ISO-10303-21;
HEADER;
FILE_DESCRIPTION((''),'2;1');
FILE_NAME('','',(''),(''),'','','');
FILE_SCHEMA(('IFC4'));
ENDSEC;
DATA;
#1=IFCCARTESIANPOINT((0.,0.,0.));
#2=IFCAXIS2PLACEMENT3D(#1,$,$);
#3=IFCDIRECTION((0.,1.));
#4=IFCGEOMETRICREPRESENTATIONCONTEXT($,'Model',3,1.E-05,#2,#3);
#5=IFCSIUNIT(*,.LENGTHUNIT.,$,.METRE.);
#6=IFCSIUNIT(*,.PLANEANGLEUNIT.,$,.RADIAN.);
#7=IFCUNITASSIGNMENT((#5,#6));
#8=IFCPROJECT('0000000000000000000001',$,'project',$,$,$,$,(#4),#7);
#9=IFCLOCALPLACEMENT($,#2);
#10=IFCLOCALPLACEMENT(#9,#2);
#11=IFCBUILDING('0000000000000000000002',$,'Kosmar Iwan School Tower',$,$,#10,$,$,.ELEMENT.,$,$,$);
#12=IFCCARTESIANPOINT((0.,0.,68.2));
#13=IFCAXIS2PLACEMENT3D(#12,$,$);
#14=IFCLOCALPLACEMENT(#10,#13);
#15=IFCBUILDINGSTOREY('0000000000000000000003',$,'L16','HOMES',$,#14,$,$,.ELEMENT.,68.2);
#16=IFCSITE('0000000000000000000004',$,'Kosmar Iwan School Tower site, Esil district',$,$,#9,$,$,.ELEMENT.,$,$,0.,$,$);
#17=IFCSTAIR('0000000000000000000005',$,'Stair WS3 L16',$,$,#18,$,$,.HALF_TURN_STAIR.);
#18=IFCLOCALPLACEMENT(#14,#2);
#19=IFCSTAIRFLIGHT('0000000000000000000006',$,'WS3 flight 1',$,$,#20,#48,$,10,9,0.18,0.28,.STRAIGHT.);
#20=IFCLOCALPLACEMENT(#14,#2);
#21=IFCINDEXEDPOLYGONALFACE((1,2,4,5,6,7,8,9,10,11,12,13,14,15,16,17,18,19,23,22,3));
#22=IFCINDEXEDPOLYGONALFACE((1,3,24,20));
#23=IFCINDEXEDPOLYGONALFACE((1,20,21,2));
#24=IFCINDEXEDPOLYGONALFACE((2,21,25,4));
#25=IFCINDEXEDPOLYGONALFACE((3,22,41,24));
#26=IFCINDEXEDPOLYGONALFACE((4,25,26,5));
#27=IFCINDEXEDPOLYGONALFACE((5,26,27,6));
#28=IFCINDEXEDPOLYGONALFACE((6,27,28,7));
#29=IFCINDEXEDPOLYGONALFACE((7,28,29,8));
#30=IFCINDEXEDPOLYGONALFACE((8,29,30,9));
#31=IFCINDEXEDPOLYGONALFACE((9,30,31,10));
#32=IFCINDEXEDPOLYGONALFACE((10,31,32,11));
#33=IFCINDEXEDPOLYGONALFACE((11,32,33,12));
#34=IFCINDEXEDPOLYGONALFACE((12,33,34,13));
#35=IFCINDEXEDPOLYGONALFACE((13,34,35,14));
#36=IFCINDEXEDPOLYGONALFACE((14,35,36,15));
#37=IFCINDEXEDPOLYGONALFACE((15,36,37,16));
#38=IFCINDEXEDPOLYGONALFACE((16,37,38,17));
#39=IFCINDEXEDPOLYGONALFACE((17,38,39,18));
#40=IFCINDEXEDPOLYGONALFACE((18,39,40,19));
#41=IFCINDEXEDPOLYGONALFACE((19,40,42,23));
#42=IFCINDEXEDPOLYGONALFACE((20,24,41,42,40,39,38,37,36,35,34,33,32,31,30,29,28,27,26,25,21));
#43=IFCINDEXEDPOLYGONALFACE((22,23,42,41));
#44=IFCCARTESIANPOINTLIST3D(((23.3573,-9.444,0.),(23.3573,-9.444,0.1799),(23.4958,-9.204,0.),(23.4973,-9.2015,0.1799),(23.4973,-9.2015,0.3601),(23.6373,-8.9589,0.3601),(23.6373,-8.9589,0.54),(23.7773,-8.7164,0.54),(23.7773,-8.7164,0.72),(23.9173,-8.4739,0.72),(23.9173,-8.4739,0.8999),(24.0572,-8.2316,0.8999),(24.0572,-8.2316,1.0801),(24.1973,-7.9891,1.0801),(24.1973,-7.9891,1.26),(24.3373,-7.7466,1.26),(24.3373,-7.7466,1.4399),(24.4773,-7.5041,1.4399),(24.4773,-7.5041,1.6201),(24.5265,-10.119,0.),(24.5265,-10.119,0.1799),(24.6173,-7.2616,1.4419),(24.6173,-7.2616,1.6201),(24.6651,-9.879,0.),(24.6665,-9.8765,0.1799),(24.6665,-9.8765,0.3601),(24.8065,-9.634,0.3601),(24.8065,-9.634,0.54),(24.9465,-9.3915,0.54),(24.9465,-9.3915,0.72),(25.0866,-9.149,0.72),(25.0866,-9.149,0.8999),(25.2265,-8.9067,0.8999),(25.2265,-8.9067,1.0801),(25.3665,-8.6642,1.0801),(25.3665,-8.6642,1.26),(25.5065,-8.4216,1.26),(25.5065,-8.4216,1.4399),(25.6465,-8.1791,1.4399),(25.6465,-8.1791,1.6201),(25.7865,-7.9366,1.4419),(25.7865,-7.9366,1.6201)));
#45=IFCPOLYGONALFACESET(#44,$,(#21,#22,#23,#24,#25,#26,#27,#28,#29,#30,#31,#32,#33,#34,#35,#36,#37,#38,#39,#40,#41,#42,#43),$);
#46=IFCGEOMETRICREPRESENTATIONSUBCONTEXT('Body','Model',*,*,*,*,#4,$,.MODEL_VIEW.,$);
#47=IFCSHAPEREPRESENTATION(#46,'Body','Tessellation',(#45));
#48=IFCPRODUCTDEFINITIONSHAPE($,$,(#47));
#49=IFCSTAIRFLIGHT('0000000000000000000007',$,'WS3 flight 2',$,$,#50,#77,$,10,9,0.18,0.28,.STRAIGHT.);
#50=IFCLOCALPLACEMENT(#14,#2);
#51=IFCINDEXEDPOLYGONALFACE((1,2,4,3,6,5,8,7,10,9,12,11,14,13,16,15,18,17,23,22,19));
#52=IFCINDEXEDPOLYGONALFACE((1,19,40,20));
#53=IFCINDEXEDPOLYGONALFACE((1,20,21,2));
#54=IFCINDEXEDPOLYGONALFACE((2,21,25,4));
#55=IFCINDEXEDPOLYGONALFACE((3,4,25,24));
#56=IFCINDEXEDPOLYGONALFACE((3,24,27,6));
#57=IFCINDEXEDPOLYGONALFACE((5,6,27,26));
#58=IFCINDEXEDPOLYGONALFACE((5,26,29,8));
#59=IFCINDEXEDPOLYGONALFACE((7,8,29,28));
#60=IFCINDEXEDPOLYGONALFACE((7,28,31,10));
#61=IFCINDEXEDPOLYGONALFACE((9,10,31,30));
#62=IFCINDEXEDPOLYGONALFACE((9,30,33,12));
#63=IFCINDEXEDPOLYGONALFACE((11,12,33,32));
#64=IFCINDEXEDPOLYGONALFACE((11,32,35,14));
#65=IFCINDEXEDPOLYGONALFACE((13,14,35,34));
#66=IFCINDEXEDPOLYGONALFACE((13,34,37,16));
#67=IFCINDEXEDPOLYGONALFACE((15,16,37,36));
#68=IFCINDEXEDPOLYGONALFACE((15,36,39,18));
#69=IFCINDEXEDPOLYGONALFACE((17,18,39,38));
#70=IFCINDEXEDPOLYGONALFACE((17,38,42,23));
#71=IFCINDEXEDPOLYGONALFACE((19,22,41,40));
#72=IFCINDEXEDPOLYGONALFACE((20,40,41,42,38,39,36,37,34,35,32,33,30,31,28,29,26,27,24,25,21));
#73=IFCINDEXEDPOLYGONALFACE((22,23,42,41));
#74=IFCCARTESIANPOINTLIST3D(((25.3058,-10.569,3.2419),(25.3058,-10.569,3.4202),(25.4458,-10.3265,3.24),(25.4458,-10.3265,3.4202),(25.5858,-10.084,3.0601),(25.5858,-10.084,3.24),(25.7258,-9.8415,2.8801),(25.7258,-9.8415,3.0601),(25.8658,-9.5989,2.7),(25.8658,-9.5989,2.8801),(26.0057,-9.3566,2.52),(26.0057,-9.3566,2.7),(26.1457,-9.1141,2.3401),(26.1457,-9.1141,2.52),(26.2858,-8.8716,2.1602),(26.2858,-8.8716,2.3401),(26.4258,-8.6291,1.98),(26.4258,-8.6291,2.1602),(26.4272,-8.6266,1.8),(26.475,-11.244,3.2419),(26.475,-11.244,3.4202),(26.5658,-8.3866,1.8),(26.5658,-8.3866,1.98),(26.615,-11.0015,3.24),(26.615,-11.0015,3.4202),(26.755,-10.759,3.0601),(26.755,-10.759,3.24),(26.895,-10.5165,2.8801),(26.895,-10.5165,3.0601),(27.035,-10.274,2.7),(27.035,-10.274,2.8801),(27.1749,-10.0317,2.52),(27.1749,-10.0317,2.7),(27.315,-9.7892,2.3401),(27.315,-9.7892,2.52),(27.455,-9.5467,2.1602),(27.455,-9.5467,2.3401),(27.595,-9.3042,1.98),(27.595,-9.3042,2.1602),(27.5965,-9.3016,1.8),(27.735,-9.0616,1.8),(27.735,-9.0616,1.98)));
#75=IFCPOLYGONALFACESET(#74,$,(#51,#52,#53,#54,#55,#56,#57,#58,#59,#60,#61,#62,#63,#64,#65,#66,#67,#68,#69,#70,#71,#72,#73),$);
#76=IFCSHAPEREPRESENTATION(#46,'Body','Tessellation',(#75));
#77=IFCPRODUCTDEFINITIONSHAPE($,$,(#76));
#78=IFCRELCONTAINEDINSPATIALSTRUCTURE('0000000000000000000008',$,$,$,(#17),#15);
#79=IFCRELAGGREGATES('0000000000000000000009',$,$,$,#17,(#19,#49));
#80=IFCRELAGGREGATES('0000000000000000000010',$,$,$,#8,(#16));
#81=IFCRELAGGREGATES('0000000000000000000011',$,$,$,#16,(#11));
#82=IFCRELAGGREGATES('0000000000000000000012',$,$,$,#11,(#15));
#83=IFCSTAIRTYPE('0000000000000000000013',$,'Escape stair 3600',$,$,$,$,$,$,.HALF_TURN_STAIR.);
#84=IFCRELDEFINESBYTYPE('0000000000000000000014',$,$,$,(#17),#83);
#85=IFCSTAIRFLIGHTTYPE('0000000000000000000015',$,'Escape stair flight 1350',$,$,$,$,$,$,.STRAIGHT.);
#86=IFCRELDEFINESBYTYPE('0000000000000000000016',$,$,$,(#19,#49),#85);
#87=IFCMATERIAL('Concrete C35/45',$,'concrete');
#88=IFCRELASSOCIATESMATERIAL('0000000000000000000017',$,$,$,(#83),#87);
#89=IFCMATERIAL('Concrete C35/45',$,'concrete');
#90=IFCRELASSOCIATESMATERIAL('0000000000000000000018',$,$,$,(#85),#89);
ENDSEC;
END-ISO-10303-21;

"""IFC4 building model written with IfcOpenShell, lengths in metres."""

from ifc_helpers import new_model, si_unit, direction, frame, origin, place, context, subcontext, project, spatial, polyline, outline, extrude, material, type_object, element, aggregate, save


model = new_model("IFC4")

# Units and contexts
model_context = context("Model", 3, precision=1e-05, world=origin(), true_north=direction((0.0, 1.0)))
body_context = subcontext(model_context, "Body", "Model", "MODEL_VIEW")
ifc_project = project(units=[si_unit("LENGTHUNIT", "METRE"), si_unit("PLANEANGLEUNIT", "RADIAN")], contexts=[model_context])

# Site, building, storey
site_placement = place(None, origin())
site = spatial("IfcSite", under=ifc_project, at=site_placement, Name="Kosmar Iwan School Tower site, Esil district", CompositionType="ELEMENT", RefElevation=0.0)
building_placement = place(site_placement, origin())
building = spatial("IfcBuilding", under=site, at=building_placement, Name="Kosmar Iwan School Tower", CompositionType="ELEMENT")
storey_placement = place(building_placement, frame((0.0, 0.0, 68.2)))
storey = spatial("IfcBuildingStorey", under=building, at=storey_placement, Name="L16", Description="HOMES", CompositionType="ELEMENT", Elevation=68.2)

# Stair, stair flights
ifc_material_1 = material(Name="Concrete C35/45", Category="concrete")
stair_type = type_object("IfcStairType", Name="Escape stair 3600", PredefinedType="HALF_TURN_STAIR", material=ifc_material_1)
stair_placement = place(storey_placement, origin())
stair = element("IfcStair", 1, at=stair_placement, inside=storey, type_object=stair_type, Name="Stair WS3 L16", PredefinedType="HALF_TURN_STAIR")
ifc_material_2 = material(Name="Concrete C35/45", Category="concrete")
stair_flight_type = type_object("IfcStairFlightType", Name="Escape stair flight 1350", PredefinedType="STRAIGHT", material=ifc_material_2)
stair_flight_1_placement = place(storey_placement, frame((23.9419, -9.7815, 0.0), z_axis=(0.0, 0.0, 1.0), x_axis=(0.5, 0.866025, 0.0)))
stair_flight_1 = element("IfcStairFlight", 2, at=stair_flight_1_placement, type_object=stair_flight_type, Name="WS3 flight 1", NumberOfRisers=10, NumberOfTreads=9, PredefinedType="STRAIGHT", RiserHeight=0.18, TreadLength=0.28, context=body_context, shape_type="SweptSolid", body=[
    extrude(outline(polyline([(0.0, 0.0), (0.0, 0.1799), (0.28, 0.1799), (0.28, 0.3601), (0.5601, 0.3601), (0.5601, 0.54), (0.8401, 0.54), (0.8401, 0.72), (1.1201, 0.72), (1.1201, 0.8999), (1.3999, 0.8999), (1.3999, 1.0801), (1.6799, 1.0801), (1.6799, 1.26), (1.96, 1.26), (1.96, 1.4399), (2.24, 1.4399), (2.24, 1.6201), (2.52, 1.6201), (2.52, 1.8), (2.52, 1.4419), (0.2771, 0.0), (0.0, 0.0)])), frame((0.0, 0.675, 0.0), z_axis=(0.0, -1.0, 0.0), x_axis=(1.0, 0.0, 0.0)), (0.0, 0.0, 1.0), 1.3501),
])
stair_flight_2_placement = place(storey_placement, frame((27.1504, -8.7241, 1.8), z_axis=(0.0, 0.0, 1.0), x_axis=(-0.5, -0.866025, 0.0)))
stair_flight_2 = element("IfcStairFlight", 3, at=stair_flight_2_placement, type_object=stair_flight_type, Name="WS3 flight 2", NumberOfRisers=10, NumberOfTreads=9, PredefinedType="STRAIGHT", RiserHeight=0.18, TreadLength=0.28, context=body_context, shape_type="SweptSolid", body=[
    extrude(outline(polyline([(0.0, 0.0), (0.0, 0.1799), (0.28, 0.1799), (0.28, 0.3601), (0.5601, 0.3601), (0.5601, 0.54), (0.8401, 0.54), (0.8401, 0.72), (1.1201, 0.72), (1.1201, 0.8999), (1.3999, 0.8999), (1.3999, 1.0801), (1.6799, 1.0801), (1.6799, 1.26), (1.96, 1.26), (1.96, 1.4399), (2.24, 1.4399), (2.24, 1.6201), (2.52, 1.6201), (2.52, 1.8), (2.52, 1.4419), (0.2771, 0.0), (0.0, 0.0)])), frame((0.0, 0.675, 0.0), z_axis=(0.0, -1.0, 0.0), x_axis=(1.0, 0.0, 0.0)), (0.0, 0.0, 1.0), 1.3501),
])
aggregate(stair, [stair_flight_1, stair_flight_2])

save(model, "model.ifc")
